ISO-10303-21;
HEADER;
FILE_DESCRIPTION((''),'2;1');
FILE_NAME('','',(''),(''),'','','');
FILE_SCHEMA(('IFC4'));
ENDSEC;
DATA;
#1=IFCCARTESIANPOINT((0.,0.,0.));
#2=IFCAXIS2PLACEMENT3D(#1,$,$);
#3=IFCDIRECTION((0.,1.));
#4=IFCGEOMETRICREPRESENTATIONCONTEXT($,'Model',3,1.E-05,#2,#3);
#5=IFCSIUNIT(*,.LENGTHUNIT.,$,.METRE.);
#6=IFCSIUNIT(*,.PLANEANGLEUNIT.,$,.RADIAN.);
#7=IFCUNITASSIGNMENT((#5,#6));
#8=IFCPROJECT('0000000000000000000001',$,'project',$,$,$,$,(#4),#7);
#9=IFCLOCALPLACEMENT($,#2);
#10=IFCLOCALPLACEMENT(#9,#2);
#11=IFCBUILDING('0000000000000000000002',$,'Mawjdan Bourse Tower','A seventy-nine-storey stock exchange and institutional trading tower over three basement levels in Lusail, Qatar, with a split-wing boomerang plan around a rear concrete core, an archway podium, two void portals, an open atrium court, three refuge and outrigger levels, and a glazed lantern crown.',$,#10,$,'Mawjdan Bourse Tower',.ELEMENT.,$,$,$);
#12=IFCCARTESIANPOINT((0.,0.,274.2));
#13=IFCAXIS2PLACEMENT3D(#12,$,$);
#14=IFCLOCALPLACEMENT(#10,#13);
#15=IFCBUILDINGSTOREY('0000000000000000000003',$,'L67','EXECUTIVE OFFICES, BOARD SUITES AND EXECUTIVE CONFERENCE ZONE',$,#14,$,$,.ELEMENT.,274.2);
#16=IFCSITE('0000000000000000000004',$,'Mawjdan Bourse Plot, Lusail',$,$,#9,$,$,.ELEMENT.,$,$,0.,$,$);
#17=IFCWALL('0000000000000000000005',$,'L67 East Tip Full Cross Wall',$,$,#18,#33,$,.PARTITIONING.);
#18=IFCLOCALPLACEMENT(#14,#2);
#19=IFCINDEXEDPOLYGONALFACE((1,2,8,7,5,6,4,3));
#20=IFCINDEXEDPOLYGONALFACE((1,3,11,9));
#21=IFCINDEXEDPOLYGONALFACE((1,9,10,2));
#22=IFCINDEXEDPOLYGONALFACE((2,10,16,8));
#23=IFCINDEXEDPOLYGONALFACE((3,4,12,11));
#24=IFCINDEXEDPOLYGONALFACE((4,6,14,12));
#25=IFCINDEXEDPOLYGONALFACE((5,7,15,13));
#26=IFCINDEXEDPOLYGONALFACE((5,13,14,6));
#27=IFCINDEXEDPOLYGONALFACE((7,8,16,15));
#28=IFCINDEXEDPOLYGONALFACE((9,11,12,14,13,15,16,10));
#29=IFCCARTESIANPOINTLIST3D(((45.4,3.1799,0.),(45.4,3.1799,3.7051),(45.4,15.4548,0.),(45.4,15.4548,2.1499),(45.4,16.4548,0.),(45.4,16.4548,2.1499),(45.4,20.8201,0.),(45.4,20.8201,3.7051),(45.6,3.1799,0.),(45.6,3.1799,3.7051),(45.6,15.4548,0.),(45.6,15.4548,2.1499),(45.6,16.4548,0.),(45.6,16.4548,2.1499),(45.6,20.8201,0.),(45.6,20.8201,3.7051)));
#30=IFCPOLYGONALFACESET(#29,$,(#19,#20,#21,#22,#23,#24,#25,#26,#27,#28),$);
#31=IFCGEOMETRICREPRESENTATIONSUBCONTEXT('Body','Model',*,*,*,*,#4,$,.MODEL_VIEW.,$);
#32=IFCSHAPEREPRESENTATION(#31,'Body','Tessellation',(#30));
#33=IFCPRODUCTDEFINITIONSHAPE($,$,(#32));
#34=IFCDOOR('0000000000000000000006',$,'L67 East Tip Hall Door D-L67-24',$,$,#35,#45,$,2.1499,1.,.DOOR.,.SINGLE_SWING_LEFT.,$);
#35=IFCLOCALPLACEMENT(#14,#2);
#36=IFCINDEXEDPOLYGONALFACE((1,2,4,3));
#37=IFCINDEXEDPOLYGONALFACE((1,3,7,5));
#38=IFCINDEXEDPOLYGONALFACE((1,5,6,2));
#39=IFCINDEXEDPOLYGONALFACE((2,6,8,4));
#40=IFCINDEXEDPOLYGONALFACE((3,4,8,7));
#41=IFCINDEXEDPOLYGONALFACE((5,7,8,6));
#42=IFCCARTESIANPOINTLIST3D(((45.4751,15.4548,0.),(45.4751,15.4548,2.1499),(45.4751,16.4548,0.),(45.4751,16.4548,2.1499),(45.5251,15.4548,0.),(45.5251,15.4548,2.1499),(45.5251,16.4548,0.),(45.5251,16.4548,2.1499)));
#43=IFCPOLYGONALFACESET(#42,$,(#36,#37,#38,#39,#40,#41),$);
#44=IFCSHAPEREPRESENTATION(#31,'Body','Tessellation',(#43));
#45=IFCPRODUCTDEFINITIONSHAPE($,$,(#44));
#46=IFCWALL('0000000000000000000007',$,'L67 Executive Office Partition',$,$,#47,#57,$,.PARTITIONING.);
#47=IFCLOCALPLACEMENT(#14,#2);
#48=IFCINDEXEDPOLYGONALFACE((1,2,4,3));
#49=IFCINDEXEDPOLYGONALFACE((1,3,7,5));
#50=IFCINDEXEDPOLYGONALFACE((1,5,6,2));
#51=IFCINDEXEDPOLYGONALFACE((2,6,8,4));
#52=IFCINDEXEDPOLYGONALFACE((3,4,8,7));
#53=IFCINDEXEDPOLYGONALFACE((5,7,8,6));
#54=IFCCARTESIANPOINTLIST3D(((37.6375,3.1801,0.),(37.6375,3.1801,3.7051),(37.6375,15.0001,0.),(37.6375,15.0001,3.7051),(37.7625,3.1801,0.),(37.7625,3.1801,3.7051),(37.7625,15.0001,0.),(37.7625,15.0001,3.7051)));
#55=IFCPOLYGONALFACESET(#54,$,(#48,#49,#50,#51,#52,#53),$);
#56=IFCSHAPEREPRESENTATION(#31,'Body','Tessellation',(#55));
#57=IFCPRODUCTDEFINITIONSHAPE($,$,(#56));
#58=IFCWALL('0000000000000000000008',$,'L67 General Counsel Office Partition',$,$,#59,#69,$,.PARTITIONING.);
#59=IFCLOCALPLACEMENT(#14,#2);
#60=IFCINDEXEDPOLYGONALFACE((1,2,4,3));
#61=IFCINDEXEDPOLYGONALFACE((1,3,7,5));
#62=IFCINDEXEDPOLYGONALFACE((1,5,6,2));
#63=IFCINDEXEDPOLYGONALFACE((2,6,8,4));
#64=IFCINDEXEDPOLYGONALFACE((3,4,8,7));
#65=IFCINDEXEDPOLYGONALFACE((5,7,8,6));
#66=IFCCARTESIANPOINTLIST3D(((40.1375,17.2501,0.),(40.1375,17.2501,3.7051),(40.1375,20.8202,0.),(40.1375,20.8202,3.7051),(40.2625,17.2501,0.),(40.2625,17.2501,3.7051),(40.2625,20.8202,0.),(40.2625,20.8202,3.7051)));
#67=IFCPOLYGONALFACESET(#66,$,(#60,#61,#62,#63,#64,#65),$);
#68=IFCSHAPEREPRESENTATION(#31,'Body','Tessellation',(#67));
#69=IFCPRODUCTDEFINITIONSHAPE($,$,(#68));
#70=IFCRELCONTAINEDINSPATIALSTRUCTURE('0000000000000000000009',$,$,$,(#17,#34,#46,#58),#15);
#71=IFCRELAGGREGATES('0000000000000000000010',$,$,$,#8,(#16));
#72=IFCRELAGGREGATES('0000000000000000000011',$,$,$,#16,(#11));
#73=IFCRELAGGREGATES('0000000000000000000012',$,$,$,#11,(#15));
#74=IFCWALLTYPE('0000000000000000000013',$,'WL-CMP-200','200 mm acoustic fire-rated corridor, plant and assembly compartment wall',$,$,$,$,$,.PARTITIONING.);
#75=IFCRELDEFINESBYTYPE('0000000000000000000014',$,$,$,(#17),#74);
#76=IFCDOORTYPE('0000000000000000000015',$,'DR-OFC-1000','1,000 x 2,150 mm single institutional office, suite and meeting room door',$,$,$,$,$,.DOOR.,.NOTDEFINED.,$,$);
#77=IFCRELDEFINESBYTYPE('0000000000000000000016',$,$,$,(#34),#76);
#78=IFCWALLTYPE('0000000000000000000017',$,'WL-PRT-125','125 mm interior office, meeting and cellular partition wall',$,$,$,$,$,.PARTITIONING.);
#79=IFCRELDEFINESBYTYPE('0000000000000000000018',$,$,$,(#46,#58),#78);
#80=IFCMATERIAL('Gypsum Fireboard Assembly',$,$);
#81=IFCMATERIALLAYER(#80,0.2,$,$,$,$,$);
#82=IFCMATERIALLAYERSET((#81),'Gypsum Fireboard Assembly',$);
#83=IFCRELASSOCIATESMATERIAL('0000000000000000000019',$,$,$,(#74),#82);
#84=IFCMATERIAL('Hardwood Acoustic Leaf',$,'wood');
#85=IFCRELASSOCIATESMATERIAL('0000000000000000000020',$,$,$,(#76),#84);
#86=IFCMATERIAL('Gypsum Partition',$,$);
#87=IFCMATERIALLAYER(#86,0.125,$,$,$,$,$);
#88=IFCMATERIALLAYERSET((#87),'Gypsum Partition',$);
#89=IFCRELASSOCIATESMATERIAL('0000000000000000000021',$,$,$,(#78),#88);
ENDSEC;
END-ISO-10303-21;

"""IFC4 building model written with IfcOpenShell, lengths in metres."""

from ifc_helpers import new_model, si_unit, direction, frame, frame_2d, origin, place, context, subcontext, project, spatial, rectangle, extrude, material, layer, layer_set, type_object, element, fill, save


model = new_model("IFC4")

# Units and contexts
model_context = context("Model", 3, precision=1e-05, world=origin(), true_north=direction((0.0, 1.0)))
body_context = subcontext(model_context, "Body", "Model", "MODEL_VIEW")
ifc_project = project(units=[si_unit("LENGTHUNIT", "METRE"), si_unit("PLANEANGLEUNIT", "RADIAN")], contexts=[model_context])

# Site, building, storey
site_placement = place(None, origin())
site = spatial("IfcSite", under=ifc_project, at=site_placement, Name="Mawjdan Bourse Plot, Lusail", CompositionType="ELEMENT", RefElevation=0.0)
building_placement = place(site_placement, origin())
building = spatial("IfcBuilding", under=site, at=building_placement, Name="Mawjdan Bourse Tower", Description="A seventy-nine-storey stock exchange and institutional trading tower over three basement levels in Lusail, Qatar, with a split-wing boomerang plan around a rear concrete core, an archway podium, two void portals, an open atrium court, three refuge and outrigger levels, and a glazed lantern crown.", LongName="Mawjdan Bourse Tower", CompositionType="ELEMENT")
storey_placement = place(building_placement, frame((0.0, 0.0, 274.2)))
storey = spatial("IfcBuildingStorey", under=building, at=storey_placement, Name="L67", Description="EXECUTIVE OFFICES, BOARD SUITES AND EXECUTIVE CONFERENCE ZONE", CompositionType="ELEMENT", Elevation=274.2)

# Wall, opening, door
ifc_material_1 = material(Name="Gypsum Fireboard Assembly")
ifc_layer_1 = layer(ifc_material_1, 0.2)
ifc_layer_set_1 = layer_set([ifc_layer_1], Name="Gypsum Fireboard Assembly")
wall_type_1 = type_object("IfcWallType", Name="WL-CMP-200", Description="200 mm acoustic fire-rated corridor, plant and assembly compartment wall", PredefinedType="PARTITIONING", material=ifc_layer_set_1)
ifc_material_2 = material(Name="Hardwood Acoustic Leaf", Category="wood")
door_type = type_object("IfcDoorType", Name="DR-OFC-1000", Description="1,000 x 2,150 mm single institutional office, suite and meeting room door", OperationType="NOTDEFINED", PredefinedType="DOOR", material=ifc_material_2)
wall_1_placement = place(storey_placement, frame((45.5, 3.1799, 0.0), z_axis=(0.0, 0.0, 1.0), x_axis=(0.0, 1.0, 0.0)))
wall_1 = element("IfcWall", 1, at=wall_1_placement, inside=storey, type_object=wall_type_1, Name="L67 East Tip Full Cross Wall", PredefinedType="PARTITIONING", context=body_context, shape_type="SweptSolid", body=[
    extrude(rectangle(XDim=17.6401, YDim=0.2, at=frame_2d((8.8201, 0.0))), origin(), (0.0, 0.0, 1.0), 3.7051),
])
opening_1_placement = place(wall_1_placement, frame((12.2749, 0.0, 0.0)))
opening_1 = element("IfcOpeningElement", 2, at=opening_1_placement, cuts=wall_1, PredefinedType="OPENING", context=body_context, shape_type="SweptSolid", body=[
    extrude(rectangle(XDim=1.0, YDim=2.1499, at=frame_2d((0.5, 1.075))), frame((0.0, 0.1099, 0.0), z_axis=(0.0, -1.0, 0.0), x_axis=(1.0, 0.0, 0.0)), (0.0, 0.0, 1.0), 0.22),
])
door_1_placement = place(opening_1_placement, origin())
door_1 = element("IfcDoor", 3, at=door_1_placement, inside=storey, type_object=door_type, Name="L67 East Tip Hall Door D-L67-24", OperationType="SINGLE_SWING_LEFT", OverallHeight=2.1499, OverallWidth=1.0, PredefinedType="DOOR", context=body_context, shape_type="SweptSolid", body=[
    extrude(rectangle(XDim=1.0, YDim=2.1499, at=frame_2d((0.5, 1.075))), frame((0.0, 0.0249, 0.0), z_axis=(0.0, -1.0, 0.0), x_axis=(1.0, 0.0, 0.0)), (0.0, 0.0, 1.0), 0.05),
])
fill(opening_1, door_1)

# Walls
ifc_material_3 = material(Name="Gypsum Partition")
ifc_layer_2 = layer(ifc_material_3, 0.125)
ifc_layer_set_2 = layer_set([ifc_layer_2], Name="Gypsum Partition")
wall_type_2 = type_object("IfcWallType", Name="WL-PRT-125", Description="125 mm interior office, meeting and cellular partition wall", PredefinedType="PARTITIONING", material=ifc_layer_set_2)
wall_2_placement = place(storey_placement, frame((37.7, 3.1799, 0.0), z_axis=(0.0, 0.0, 1.0), x_axis=(0.0, 1.0, 0.0)))
element("IfcWall", 4, at=wall_2_placement, inside=storey, type_object=wall_type_2, Name="L67 Executive Office Partition", PredefinedType="PARTITIONING", context=body_context, shape_type="SweptSolid", body=[
    extrude(rectangle(XDim=11.8201, YDim=0.125, at=frame_2d((5.9102, 0.0))), origin(), (0.0, 0.0, 1.0), 3.7051),
])
wall_3_placement = place(storey_placement, frame((40.2, 17.25, 0.0), z_axis=(0.0, 0.0, 1.0), x_axis=(0.0, 1.0, 0.0)))
element("IfcWall", 5, at=wall_3_placement, inside=storey, type_object=wall_type_2, Name="L67 General Counsel Office Partition", PredefinedType="PARTITIONING", context=body_context, shape_type="SweptSolid", body=[
    extrude(rectangle(XDim=3.5701, YDim=0.125, at=frame_2d((1.7852, 0.0))), origin(), (0.0, 0.0, 1.0), 3.7051),
])

save(model, "model.ifc")
